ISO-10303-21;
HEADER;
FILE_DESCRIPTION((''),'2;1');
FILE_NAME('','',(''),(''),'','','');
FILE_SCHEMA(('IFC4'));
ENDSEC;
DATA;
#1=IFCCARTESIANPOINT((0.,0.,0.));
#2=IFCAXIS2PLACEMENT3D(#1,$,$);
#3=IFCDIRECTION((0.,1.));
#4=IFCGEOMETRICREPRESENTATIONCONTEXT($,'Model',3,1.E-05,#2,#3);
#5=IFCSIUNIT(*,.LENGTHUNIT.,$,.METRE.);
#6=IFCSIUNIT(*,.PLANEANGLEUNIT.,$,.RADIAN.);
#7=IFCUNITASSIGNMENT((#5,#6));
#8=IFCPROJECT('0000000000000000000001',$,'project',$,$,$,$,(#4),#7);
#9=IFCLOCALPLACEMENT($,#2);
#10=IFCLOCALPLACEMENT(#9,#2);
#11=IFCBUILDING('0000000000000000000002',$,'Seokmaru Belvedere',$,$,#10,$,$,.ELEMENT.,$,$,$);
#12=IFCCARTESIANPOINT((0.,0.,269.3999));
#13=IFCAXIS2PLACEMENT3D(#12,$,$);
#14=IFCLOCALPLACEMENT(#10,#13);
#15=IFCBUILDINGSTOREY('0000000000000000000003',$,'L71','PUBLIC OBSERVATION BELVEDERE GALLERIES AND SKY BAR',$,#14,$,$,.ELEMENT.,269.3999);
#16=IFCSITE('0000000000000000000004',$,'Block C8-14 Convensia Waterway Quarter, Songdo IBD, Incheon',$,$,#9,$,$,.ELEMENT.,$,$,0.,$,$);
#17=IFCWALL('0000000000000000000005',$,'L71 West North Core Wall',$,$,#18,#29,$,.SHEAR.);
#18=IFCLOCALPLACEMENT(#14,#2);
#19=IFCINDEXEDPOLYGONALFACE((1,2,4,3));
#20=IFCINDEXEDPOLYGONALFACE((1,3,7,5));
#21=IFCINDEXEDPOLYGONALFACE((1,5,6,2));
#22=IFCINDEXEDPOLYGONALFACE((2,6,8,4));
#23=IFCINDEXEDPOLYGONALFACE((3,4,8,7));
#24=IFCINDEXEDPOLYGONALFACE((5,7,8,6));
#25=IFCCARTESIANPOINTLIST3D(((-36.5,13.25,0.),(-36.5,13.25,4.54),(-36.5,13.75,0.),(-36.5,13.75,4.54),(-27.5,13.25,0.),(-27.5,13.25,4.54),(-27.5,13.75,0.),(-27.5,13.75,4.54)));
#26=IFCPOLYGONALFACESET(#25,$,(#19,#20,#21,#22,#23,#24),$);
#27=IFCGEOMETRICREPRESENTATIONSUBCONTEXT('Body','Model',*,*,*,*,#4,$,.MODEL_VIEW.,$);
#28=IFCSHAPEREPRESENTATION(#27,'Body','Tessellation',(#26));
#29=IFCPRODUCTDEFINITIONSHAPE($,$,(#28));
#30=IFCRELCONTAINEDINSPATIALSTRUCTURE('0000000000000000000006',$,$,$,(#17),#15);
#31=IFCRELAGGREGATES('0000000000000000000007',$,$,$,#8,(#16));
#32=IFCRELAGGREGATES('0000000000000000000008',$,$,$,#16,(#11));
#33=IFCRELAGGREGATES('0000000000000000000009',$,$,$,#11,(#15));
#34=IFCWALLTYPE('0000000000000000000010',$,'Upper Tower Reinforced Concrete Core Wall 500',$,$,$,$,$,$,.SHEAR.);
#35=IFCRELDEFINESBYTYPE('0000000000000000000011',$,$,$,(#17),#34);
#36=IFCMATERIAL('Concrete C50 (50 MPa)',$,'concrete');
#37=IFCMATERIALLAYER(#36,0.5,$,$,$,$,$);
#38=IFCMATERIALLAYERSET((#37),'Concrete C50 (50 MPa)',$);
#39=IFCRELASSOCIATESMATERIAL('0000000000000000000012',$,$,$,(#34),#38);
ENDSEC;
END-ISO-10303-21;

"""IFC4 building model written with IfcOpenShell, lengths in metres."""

from ifc_helpers import new_model, si_unit, direction, frame, frame_2d, origin, place, context, subcontext, project, spatial, rectangle, extrude, material, layer, layer_set, type_object, element, save


model = new_model("IFC4")

# Units and contexts
model_context = context("Model", 3, precision=1e-05, world=origin(), true_north=direction((0.0, 1.0)))
body_context = subcontext(model_context, "Body", "Model", "MODEL_VIEW")
ifc_project = project(units=[si_unit("LENGTHUNIT", "METRE"), si_unit("PLANEANGLEUNIT", "RADIAN")], contexts=[model_context])

# Site, building, storey
site_placement = place(None, origin())
site = spatial("IfcSite", under=ifc_project, at=site_placement, Name="Block C8-14 Convensia Waterway Quarter, Songdo IBD, Incheon", CompositionType="ELEMENT", RefElevation=0.0)
building_placement = place(site_placement, origin())
building = spatial("IfcBuilding", under=site, at=building_placement, Name="Seokmaru Belvedere", CompositionType="ELEMENT")
storey_placement = place(building_placement, frame((0.0, 0.0, 269.3999)))
storey = spatial("IfcBuildingStorey", under=building, at=storey_placement, Name="L71", Description="PUBLIC OBSERVATION BELVEDERE GALLERIES AND SKY BAR", CompositionType="ELEMENT", Elevation=269.3999)

# Wall
ifc_material_1 = material(Name="Concrete C50 (50 MPa)", Category="concrete")
ifc_layer_1 = layer(ifc_material_1, 0.5)
ifc_layer_set_1 = layer_set([ifc_layer_1], Name="Concrete C50 (50 MPa)")
wall_type_1 = type_object("IfcWallType", Name="Upper Tower Reinforced Concrete Core Wall 500", PredefinedType="SHEAR", material=ifc_layer_set_1)
wall_1_placement = place(storey_placement, frame((-36.5, 13.5, 0.0), z_axis=(0.0, 0.0, 1.0), x_axis=(1.0, 0.0, 0.0)))
element("IfcWall", 1, at=wall_1_placement, inside=storey, type_object=wall_type_1, Name="L71 West North Core Wall", PredefinedType="SHEAR", context=body_context, shape_type="SweptSolid", body=[
    extrude(rectangle(XDim=9.0, YDim=0.5, at=frame_2d((4.5, 0.0))), origin(), (0.0, 0.0, 1.0), 4.54),
])

save(model, "model.ifc")
